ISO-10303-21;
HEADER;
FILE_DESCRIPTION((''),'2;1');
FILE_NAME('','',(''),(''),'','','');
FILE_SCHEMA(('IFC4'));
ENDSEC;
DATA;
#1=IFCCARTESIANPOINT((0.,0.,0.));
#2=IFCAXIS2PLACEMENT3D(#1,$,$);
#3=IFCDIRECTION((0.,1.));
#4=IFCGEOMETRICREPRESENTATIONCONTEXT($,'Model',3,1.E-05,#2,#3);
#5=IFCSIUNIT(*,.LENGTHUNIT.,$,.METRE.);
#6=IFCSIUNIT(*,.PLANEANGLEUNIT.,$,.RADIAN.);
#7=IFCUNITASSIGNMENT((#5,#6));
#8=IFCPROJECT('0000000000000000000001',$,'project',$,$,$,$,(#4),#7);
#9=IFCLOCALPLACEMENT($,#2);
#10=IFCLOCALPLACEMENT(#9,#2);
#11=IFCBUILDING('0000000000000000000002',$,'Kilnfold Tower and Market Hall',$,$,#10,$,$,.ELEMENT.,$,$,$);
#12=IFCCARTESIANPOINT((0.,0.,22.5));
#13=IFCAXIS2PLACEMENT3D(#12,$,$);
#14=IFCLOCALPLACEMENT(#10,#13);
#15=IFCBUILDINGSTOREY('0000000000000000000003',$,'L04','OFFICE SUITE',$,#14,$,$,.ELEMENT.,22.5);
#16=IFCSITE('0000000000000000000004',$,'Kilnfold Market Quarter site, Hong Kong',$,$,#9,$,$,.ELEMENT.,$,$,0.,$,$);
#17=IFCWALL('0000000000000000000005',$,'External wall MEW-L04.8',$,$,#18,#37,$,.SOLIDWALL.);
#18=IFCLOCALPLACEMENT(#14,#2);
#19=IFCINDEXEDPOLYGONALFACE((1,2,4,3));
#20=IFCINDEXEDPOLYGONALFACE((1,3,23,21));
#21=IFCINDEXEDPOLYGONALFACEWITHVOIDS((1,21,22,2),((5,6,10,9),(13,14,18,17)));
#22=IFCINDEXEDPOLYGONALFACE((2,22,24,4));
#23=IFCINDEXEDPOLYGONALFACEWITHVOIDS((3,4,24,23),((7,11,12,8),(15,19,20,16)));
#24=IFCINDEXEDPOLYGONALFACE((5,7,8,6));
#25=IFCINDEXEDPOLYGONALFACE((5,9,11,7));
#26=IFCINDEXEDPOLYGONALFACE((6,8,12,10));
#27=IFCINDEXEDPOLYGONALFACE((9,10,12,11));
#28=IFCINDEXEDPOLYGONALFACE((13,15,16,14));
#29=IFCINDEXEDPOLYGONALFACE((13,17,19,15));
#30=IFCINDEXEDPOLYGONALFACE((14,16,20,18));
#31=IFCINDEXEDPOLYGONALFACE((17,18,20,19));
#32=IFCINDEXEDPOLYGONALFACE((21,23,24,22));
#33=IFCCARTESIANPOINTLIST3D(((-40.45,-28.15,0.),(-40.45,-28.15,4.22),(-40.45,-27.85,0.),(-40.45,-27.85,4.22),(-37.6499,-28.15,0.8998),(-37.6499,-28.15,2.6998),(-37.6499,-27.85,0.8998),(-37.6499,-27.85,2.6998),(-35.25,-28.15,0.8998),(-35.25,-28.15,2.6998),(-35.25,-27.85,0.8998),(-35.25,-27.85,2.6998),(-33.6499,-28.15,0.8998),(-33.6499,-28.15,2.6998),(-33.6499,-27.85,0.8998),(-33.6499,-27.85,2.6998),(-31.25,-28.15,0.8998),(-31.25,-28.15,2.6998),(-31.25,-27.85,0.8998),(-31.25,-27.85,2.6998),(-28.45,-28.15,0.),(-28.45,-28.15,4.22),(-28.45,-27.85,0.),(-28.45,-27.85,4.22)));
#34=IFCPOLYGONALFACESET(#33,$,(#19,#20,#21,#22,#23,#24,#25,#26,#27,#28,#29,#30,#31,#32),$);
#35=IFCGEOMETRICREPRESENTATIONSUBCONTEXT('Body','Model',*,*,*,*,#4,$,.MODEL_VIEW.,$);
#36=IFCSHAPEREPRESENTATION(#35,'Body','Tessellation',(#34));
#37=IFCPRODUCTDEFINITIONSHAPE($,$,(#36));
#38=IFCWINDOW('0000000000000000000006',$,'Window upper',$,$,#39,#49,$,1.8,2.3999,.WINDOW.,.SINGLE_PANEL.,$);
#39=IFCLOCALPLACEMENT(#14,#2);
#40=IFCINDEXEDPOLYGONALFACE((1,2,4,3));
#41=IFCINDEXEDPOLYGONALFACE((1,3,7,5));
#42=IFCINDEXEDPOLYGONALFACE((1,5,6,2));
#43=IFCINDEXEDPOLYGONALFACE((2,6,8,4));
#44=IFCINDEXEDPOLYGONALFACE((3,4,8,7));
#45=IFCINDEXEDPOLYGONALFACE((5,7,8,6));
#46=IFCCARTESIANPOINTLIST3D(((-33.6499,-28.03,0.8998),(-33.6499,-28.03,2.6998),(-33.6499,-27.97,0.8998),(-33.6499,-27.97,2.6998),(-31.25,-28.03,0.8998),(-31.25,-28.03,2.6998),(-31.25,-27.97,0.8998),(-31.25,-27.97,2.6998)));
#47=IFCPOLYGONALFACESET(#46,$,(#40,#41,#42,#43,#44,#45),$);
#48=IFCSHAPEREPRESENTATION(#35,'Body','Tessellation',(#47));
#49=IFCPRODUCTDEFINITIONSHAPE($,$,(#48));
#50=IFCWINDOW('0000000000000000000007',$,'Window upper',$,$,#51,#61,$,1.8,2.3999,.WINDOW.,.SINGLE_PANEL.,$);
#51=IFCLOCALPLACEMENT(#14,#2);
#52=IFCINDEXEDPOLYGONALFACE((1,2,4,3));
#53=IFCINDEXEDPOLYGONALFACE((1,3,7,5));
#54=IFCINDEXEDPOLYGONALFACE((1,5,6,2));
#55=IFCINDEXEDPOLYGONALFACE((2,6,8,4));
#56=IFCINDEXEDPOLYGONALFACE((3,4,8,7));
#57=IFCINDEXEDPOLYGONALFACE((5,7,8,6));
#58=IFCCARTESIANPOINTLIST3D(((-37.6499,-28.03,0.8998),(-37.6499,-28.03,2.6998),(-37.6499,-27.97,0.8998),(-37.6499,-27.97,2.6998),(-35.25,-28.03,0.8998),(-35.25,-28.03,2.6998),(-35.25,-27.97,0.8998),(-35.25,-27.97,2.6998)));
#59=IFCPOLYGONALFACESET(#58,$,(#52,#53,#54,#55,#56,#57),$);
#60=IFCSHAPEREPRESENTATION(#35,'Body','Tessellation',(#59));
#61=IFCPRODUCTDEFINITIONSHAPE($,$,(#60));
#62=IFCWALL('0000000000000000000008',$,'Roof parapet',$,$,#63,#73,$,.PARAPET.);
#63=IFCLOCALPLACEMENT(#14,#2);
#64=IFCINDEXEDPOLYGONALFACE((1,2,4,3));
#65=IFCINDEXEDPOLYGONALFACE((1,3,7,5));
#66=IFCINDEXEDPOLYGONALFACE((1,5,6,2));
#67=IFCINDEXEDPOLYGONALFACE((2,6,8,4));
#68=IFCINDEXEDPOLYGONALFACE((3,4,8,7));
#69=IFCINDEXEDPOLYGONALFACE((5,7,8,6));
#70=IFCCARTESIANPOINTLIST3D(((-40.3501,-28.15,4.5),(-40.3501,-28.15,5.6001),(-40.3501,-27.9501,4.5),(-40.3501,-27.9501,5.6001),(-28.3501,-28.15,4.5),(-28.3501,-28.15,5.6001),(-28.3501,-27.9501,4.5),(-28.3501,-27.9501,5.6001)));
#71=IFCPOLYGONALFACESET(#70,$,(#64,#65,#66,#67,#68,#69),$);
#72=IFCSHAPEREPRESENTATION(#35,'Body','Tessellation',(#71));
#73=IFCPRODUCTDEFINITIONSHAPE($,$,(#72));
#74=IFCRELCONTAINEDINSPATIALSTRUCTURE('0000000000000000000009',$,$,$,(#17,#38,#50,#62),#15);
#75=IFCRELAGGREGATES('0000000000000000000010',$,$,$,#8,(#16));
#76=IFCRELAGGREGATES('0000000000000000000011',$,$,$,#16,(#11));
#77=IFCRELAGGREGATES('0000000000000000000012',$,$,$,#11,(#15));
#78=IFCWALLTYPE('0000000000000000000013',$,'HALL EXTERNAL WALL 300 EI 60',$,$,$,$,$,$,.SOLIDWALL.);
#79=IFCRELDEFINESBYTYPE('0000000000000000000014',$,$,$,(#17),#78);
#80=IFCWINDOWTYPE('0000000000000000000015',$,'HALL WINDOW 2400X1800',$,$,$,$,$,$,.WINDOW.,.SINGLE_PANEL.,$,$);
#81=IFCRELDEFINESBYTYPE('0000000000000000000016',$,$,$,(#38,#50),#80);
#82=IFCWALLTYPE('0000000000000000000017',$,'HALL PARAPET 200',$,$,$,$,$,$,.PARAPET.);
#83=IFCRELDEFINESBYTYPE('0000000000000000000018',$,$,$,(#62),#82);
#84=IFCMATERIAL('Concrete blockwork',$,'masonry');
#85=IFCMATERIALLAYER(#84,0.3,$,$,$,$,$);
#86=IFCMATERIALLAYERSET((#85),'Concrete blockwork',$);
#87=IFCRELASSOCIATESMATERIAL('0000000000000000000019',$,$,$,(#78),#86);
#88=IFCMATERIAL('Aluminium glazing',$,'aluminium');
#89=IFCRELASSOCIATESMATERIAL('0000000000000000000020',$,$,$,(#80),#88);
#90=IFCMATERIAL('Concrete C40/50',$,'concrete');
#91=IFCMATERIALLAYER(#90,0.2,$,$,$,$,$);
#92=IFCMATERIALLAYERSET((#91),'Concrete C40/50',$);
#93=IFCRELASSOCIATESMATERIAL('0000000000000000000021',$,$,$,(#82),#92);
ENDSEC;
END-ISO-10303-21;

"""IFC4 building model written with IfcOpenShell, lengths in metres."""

from ifc_helpers import new_model, si_unit, direction, frame, frame_2d, origin, place, context, subcontext, project, spatial, rectangle, extrude, source, transform, mapped, material, layer, layer_set, type_object, element, fill, save


model = new_model("IFC4")

# Units and contexts
model_context = context("Model", 3, precision=1e-05, world=origin(), true_north=direction((0.0, 1.0)))
body_context = subcontext(model_context, "Body", "Model", "MODEL_VIEW")
ifc_project = project(units=[si_unit("LENGTHUNIT", "METRE"), si_unit("PLANEANGLEUNIT", "RADIAN")], contexts=[model_context])

# Site, building, storey
site_placement = place(None, origin())
site = spatial("IfcSite", under=ifc_project, at=site_placement, Name="Kilnfold Market Quarter site, Hong Kong", CompositionType="ELEMENT", RefElevation=0.0)
building_placement = place(site_placement, origin())
building = spatial("IfcBuilding", under=site, at=building_placement, Name="Kilnfold Tower and Market Hall", CompositionType="ELEMENT")
storey_placement = place(building_placement, frame((0.0, 0.0, 22.5)))
storey = spatial("IfcBuildingStorey", under=building, at=storey_placement, Name="L04", Description="OFFICE SUITE", CompositionType="ELEMENT", Elevation=22.5)

# Wall, openings, windows
ifc_material_1 = material(Name="Concrete blockwork", Category="masonry")
ifc_layer_1 = layer(ifc_material_1, 0.3)
ifc_layer_set_1 = layer_set([ifc_layer_1], Name="Concrete blockwork")
wall_type_1 = type_object("IfcWallType", Name="HALL EXTERNAL WALL 300 EI 60", PredefinedType="SOLIDWALL", material=ifc_layer_set_1)
shared_shape_1 = source(origin(), body_context, "Body", "SweptSolid", [
    extrude(rectangle(XDim=12.0, YDim=0.3, at=frame_2d((6.0, 0.0))), origin(), (0.0, 0.0, 1.0), 4.22),
])
wall_1_placement = place(storey_placement, frame((-28.45, -28.0, 0.0), z_axis=(0.0, 0.0, 1.0), x_axis=(-1.0, 0.0, 0.0)))
wall_1 = element("IfcWall", 1, at=wall_1_placement, inside=storey, type_object=wall_type_1, Name="External wall MEW-L04.8", PredefinedType="SOLIDWALL", context=body_context, shape_type="MappedRepresentation", body=[
    mapped(shared_shape_1, transform((0.0, 0.0, 0.0))),
])
opening_1_placement = place(wall_1_placement, frame((2.8, 0.0, 0.8999)))
opening_1 = element("IfcOpeningElement", 2, at=opening_1_placement, cuts=wall_1, PredefinedType="OPENING", context=body_context, shape_type="SweptSolid", body=[
    extrude(rectangle(XDim=2.3999, YDim=1.8, at=frame_2d((1.2, 0.8999))), frame((0.0, 0.1602, 0.0), z_axis=(0.0, -1.0, 0.0), x_axis=(1.0, 0.0, 0.0)), (0.0, 0.0, 1.0), 0.3201),
])
opening_2_placement = place(wall_1_placement, frame((6.8, 0.0, 0.8999)))
opening_2 = element("IfcOpeningElement", 3, at=opening_2_placement, cuts=wall_1, PredefinedType="OPENING", context=body_context, shape_type="SweptSolid", body=[
    extrude(rectangle(XDim=2.3999, YDim=1.8, at=frame_2d((1.2, 0.8999))), frame((0.0, 0.1602, 0.0), z_axis=(0.0, -1.0, 0.0), x_axis=(1.0, 0.0, 0.0)), (0.0, 0.0, 1.0), 0.3201),
])
ifc_material_2 = material(Name="Aluminium glazing", Category="aluminium")
window_type = type_object("IfcWindowType", Name="HALL WINDOW 2400X1800", PartitioningType="SINGLE_PANEL", PredefinedType="WINDOW", material=ifc_material_2)
window_1_placement = place(opening_1_placement, origin())
window_1 = element("IfcWindow", 4, at=window_1_placement, inside=storey, type_object=window_type, Name="Window upper", OverallHeight=1.8, OverallWidth=2.3999, PartitioningType="SINGLE_PANEL", PredefinedType="WINDOW", context=body_context, shape_type="SweptSolid", body=[
    extrude(rectangle(XDim=2.3999, YDim=1.8, at=frame_2d((1.2, 0.8999))), frame((0.0, 0.03, 0.0), z_axis=(0.0, -1.0, 0.0), x_axis=(1.0, 0.0, 0.0)), (0.0, 0.0, 1.0), 0.0601),
])
fill(opening_1, window_1)
window_2_placement = place(opening_2_placement, origin())
window_2 = element("IfcWindow", 5, at=window_2_placement, inside=storey, type_object=window_type, Name="Window upper", OverallHeight=1.8, OverallWidth=2.3999, PartitioningType="SINGLE_PANEL", PredefinedType="WINDOW", context=body_context, shape_type="SweptSolid", body=[
    extrude(rectangle(XDim=2.3999, YDim=1.8, at=frame_2d((1.2, 0.8999))), frame((0.0, 0.03, 0.0), z_axis=(0.0, -1.0, 0.0), x_axis=(1.0, 0.0, 0.0)), (0.0, 0.0, 1.0), 0.0601),
])
fill(opening_2, window_2)

# Wall
ifc_material_3 = material(Name="Concrete C40/50", Category="concrete")
ifc_layer_2 = layer(ifc_material_3, 0.2)
ifc_layer_set_2 = layer_set([ifc_layer_2], Name="Concrete C40/50")
wall_type_2 = type_object("IfcWallType", Name="HALL PARAPET 200", PredefinedType="PARAPET", material=ifc_layer_set_2)
shared_shape_2 = source(origin(), body_context, "Body", "SweptSolid", [
    extrude(rectangle(XDim=12.0, YDim=0.2, at=frame_2d((6.0, 0.0))), origin(), (0.0, 0.0, 1.0), 1.1001),
])
wall_2_placement = place(storey_placement, frame((-28.3501, -28.05, 4.5), z_axis=(0.0, 0.0, 1.0), x_axis=(-1.0, 0.0, 0.0)))
element("IfcWall", 6, at=wall_2_placement, inside=storey, type_object=wall_type_2, Name="Roof parapet", PredefinedType="PARAPET", context=body_context, shape_type="MappedRepresentation", body=[
    mapped(shared_shape_2, transform((0.0, 0.0, 0.0))),
])

save(model, "model.ifc")
